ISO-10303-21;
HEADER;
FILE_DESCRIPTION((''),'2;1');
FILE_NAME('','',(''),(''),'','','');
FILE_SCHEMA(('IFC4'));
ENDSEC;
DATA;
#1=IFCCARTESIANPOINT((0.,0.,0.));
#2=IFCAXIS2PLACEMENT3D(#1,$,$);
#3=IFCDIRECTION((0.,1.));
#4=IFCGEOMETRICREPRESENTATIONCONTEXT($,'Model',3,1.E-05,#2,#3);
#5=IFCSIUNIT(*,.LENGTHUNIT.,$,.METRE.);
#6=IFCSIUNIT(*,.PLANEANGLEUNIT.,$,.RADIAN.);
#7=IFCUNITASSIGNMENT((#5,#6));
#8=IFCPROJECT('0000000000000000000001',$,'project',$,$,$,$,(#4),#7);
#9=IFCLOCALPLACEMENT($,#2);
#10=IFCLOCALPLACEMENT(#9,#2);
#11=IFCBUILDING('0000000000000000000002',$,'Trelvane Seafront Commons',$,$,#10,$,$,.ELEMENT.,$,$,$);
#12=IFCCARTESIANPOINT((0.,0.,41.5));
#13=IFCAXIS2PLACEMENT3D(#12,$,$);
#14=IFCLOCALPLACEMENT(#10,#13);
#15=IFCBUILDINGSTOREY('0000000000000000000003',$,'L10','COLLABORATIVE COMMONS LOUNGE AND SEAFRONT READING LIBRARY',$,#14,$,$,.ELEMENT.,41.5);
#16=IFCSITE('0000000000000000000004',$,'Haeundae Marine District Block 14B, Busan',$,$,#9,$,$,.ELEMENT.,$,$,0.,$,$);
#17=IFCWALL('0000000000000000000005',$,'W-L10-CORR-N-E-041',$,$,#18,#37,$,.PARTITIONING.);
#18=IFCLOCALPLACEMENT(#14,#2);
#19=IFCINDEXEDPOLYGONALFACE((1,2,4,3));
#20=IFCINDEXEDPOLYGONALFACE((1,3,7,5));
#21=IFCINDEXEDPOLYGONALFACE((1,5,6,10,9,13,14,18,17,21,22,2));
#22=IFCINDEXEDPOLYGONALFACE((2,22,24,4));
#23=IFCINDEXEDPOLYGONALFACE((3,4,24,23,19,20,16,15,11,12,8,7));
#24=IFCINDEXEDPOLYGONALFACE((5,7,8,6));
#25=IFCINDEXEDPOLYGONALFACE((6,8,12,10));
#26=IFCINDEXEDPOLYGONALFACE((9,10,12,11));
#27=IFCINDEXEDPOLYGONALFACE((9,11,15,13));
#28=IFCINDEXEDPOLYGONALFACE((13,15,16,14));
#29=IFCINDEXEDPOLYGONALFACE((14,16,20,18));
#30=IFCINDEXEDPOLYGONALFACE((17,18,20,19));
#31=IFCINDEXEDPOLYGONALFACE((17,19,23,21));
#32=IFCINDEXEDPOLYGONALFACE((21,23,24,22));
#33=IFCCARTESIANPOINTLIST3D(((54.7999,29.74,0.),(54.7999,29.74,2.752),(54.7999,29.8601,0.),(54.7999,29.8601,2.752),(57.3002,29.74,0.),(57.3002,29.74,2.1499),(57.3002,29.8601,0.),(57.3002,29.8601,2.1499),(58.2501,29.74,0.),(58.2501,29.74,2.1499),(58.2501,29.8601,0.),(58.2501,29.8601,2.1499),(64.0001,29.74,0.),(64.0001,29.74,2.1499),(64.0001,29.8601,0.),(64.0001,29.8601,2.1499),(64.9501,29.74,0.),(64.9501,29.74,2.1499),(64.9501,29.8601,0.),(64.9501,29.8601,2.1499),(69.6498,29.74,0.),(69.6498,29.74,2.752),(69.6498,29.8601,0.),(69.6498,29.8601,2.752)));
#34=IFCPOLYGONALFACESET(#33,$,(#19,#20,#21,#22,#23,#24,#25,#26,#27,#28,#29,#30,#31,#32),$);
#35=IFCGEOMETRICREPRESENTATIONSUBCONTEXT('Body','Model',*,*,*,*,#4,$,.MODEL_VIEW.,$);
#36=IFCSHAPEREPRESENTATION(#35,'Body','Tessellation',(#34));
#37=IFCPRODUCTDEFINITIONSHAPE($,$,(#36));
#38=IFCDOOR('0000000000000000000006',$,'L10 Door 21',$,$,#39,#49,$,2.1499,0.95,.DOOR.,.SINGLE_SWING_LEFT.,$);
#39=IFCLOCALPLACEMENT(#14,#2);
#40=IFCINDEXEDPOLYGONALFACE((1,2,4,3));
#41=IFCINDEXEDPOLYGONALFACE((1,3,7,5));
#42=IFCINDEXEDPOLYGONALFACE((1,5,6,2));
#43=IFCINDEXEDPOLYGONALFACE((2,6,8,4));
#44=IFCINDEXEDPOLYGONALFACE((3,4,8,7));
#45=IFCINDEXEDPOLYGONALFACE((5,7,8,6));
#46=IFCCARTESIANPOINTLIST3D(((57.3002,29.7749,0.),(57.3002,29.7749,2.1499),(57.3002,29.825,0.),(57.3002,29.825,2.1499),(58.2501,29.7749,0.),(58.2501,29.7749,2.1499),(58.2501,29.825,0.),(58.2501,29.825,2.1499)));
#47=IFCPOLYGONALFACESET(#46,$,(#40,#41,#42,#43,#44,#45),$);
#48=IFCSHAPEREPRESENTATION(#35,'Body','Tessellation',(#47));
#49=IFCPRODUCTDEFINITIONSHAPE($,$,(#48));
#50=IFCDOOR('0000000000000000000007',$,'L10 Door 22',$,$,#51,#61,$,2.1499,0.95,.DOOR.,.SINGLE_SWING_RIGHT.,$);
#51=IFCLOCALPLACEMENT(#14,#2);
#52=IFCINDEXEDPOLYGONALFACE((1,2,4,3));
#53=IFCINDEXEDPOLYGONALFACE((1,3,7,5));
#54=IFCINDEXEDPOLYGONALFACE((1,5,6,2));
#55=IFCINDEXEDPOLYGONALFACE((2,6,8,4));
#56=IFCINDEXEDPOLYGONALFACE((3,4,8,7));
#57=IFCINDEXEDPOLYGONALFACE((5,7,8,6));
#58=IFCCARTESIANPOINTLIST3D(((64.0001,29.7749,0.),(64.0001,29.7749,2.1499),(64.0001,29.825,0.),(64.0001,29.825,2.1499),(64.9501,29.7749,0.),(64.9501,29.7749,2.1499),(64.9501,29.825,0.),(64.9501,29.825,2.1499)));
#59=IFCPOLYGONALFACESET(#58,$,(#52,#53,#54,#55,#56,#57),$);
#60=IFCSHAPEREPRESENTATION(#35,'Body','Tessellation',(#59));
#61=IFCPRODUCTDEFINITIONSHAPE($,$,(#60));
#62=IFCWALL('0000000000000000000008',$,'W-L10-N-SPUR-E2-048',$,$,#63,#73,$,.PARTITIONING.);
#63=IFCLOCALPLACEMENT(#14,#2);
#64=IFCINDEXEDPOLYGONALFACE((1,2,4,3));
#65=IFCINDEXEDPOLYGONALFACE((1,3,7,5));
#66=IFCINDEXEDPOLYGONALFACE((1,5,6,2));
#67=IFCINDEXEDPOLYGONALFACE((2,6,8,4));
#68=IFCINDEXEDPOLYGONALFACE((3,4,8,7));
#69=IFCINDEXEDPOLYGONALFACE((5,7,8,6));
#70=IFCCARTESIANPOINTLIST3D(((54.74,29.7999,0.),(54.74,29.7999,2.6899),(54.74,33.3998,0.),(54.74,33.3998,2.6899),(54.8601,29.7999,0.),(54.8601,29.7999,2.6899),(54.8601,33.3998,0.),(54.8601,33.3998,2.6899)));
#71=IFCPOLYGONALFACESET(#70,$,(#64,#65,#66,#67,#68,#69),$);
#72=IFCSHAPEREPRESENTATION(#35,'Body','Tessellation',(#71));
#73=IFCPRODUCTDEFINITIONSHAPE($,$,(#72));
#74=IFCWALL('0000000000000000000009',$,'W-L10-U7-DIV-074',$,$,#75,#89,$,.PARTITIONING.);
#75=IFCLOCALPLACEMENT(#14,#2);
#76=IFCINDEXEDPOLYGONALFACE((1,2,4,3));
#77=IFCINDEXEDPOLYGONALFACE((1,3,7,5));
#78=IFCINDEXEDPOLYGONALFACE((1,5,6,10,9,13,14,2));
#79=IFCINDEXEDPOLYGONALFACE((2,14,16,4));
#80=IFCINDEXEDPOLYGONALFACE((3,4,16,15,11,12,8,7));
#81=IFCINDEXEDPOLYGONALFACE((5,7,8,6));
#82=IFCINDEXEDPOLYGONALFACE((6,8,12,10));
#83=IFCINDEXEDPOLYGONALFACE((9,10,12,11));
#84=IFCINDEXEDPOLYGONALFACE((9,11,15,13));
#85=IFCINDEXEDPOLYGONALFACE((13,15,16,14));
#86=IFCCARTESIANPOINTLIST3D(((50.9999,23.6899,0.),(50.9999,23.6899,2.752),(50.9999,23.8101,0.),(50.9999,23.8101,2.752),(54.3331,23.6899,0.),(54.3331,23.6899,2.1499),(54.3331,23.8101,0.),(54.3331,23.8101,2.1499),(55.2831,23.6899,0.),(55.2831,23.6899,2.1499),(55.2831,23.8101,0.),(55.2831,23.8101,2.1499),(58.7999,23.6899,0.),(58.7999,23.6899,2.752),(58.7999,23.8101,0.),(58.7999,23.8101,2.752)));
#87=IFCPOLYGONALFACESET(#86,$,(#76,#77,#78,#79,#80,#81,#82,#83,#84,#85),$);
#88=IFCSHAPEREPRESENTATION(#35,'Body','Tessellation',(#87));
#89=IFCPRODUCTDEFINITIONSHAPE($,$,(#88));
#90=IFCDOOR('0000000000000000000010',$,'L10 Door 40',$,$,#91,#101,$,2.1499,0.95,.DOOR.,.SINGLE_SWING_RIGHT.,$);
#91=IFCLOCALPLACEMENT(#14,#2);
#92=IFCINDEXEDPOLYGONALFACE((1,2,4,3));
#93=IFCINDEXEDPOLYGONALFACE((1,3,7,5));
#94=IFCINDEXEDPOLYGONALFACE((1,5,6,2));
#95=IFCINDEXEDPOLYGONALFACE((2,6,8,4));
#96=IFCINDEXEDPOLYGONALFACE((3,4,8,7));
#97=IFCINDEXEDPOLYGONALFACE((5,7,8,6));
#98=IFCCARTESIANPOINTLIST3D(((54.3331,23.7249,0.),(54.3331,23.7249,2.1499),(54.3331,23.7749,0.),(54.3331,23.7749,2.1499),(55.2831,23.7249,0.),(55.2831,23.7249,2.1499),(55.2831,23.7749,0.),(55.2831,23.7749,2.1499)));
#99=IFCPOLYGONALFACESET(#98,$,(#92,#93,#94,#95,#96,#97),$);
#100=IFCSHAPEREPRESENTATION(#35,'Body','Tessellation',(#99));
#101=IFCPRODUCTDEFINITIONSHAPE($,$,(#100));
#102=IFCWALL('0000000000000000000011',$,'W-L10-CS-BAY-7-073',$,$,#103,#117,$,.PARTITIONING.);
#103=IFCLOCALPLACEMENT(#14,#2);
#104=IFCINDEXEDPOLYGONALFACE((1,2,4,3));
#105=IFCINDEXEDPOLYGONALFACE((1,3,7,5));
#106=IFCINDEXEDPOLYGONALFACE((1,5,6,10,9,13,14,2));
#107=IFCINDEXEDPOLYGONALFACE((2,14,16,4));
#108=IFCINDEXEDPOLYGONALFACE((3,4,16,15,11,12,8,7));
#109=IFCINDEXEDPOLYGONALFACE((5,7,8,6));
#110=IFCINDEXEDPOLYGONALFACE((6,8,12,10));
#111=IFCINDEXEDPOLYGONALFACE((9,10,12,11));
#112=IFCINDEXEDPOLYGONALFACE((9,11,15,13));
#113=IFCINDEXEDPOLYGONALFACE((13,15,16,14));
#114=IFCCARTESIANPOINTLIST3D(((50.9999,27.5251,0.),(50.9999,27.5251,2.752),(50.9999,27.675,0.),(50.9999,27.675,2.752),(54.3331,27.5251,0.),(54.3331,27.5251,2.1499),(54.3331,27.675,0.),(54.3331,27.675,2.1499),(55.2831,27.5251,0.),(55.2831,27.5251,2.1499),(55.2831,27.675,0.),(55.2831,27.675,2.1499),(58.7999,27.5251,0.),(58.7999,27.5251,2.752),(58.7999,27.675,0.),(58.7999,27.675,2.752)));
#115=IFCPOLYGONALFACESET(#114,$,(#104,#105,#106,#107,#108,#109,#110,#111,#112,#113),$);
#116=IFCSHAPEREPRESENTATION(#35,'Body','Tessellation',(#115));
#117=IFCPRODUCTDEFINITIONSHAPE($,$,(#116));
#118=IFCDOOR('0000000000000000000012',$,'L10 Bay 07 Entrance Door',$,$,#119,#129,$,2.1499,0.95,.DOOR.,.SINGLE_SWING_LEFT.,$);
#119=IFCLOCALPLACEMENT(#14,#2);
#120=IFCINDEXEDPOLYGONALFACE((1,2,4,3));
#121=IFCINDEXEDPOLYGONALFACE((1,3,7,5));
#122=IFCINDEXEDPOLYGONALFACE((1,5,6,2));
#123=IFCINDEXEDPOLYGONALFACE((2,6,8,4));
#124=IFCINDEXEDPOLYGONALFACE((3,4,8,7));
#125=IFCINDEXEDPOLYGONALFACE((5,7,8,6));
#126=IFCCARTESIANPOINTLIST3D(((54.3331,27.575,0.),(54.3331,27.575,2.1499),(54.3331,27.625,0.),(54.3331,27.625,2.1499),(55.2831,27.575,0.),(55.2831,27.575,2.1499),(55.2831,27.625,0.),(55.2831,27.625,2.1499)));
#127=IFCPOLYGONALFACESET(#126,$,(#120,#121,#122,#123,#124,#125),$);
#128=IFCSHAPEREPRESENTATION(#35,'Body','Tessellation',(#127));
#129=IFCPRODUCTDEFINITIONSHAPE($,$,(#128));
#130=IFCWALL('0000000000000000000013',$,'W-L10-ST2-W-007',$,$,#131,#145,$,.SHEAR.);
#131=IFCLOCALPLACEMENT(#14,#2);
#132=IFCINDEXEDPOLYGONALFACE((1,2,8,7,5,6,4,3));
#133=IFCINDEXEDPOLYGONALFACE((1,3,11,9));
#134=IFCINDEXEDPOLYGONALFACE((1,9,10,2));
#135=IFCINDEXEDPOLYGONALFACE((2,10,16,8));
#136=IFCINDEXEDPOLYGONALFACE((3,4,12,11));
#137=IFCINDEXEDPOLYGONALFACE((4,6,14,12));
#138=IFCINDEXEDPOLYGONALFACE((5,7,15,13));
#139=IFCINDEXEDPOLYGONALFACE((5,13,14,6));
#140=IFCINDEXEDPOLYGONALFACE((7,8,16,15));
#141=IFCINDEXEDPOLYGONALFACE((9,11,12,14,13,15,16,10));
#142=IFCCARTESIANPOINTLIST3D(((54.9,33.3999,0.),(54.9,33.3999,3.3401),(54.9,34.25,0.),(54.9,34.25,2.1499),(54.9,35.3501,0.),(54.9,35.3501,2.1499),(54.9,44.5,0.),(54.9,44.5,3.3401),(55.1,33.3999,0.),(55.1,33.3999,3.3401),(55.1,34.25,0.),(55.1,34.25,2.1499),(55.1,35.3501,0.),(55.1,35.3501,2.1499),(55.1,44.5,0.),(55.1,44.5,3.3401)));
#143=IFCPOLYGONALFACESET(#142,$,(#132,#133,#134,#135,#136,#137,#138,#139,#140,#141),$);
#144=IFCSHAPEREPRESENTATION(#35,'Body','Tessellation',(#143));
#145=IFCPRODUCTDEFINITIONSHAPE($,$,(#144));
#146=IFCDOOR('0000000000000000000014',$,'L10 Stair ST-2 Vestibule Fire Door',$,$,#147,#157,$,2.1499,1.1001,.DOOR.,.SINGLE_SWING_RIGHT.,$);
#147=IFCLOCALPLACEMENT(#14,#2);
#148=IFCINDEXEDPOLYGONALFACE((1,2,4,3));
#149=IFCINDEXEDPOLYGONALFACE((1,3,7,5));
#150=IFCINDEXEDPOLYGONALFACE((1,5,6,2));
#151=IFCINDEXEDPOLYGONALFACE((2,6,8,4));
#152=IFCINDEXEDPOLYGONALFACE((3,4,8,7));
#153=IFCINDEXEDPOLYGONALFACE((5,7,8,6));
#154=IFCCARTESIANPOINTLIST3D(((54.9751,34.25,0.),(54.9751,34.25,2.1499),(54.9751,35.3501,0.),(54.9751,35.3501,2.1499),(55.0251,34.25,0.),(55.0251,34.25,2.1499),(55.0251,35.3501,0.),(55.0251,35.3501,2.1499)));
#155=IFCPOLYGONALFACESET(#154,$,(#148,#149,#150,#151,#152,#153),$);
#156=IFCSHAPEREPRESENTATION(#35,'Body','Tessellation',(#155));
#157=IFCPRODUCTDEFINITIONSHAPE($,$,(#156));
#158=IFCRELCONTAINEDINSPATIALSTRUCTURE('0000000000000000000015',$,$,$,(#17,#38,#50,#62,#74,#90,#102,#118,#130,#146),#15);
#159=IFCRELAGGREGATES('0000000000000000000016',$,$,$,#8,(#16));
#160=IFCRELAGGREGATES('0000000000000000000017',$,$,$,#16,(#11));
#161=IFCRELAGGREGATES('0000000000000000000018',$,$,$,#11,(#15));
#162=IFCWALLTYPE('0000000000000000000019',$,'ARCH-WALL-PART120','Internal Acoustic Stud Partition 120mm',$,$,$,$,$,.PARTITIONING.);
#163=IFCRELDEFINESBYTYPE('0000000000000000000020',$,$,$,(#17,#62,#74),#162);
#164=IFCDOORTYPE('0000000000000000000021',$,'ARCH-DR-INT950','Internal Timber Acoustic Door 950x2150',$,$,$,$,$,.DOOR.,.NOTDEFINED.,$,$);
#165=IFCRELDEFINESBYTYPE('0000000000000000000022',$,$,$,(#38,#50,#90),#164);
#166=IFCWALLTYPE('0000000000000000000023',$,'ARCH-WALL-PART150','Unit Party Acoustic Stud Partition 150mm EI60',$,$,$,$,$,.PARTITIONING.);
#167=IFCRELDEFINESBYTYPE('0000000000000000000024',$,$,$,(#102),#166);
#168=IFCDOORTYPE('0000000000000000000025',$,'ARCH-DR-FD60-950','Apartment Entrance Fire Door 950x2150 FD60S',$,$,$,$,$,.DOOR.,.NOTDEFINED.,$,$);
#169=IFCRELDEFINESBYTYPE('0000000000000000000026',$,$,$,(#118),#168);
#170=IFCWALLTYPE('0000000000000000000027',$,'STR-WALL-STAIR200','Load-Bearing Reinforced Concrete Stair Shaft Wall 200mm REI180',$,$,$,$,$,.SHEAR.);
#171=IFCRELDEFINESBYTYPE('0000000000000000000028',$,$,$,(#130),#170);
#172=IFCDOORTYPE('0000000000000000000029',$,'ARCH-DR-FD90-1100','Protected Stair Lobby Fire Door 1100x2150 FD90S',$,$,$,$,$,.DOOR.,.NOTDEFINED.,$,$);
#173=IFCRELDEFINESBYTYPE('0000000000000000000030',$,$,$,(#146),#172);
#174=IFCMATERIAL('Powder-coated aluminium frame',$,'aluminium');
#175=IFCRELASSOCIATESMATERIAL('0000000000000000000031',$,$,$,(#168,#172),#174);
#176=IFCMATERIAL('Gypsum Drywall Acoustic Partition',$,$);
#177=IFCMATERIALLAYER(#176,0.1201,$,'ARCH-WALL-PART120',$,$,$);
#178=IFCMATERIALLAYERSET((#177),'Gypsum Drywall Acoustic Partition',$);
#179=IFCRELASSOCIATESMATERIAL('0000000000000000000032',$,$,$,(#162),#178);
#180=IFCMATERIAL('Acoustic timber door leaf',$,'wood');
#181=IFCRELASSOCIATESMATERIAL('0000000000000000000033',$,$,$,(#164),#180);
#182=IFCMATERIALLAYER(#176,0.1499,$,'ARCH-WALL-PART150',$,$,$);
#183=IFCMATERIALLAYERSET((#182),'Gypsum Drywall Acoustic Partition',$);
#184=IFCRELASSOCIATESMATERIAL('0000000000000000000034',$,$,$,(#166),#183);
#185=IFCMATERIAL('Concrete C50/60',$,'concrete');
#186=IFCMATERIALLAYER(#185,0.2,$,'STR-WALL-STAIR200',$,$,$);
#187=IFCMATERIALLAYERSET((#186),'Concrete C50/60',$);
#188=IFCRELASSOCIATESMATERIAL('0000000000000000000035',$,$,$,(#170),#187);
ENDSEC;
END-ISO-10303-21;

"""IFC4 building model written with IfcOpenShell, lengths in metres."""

from ifc_helpers import new_model, si_unit, direction, frame, frame_2d, origin, place, context, subcontext, project, spatial, rectangle, extrude, source, transform, mapped, material, layer, layer_set, type_object, element, fill, save


model = new_model("IFC4")

# Units and contexts
model_context = context("Model", 3, precision=1e-05, world=origin(), true_north=direction((0.0, 1.0)))
body_context = subcontext(model_context, "Body", "Model", "MODEL_VIEW")
ifc_project = project(units=[si_unit("LENGTHUNIT", "METRE"), si_unit("PLANEANGLEUNIT", "RADIAN")], contexts=[model_context])

# Site, building, storey
site_placement = place(None, origin())
site = spatial("IfcSite", under=ifc_project, at=site_placement, Name="Haeundae Marine District Block 14B, Busan", CompositionType="ELEMENT", RefElevation=0.0)
building_placement = place(site_placement, origin())
building = spatial("IfcBuilding", under=site, at=building_placement, Name="Trelvane Seafront Commons", CompositionType="ELEMENT")
storey_placement = place(building_placement, frame((0.0, 0.0, 41.5)))
storey = spatial("IfcBuildingStorey", under=building, at=storey_placement, Name="L10", Description="COLLABORATIVE COMMONS LOUNGE AND SEAFRONT READING LIBRARY", CompositionType="ELEMENT", Elevation=41.5)

# Shared definitions
ifc_material_1 = material(Name="Powder-coated aluminium frame", Category="aluminium")
door_type_1 = type_object("IfcDoorType", Name="ARCH-DR-FD60-950", Description="Apartment Entrance Fire Door 950x2150 FD60S", OperationType="NOTDEFINED", PredefinedType="DOOR", material=ifc_material_1)
shared_shape_1 = source(origin(), body_context, "Body", "SweptSolid", [
    extrude(rectangle(XDim=0.95, YDim=2.1499, at=frame_2d((0.4751, 1.075))), frame((0.0, 0.0249, 0.0), z_axis=(0.0, -1.0, 0.0), x_axis=(1.0, 0.0, 0.0)), (0.0, 0.0, 1.0), 0.05),
])

# Wall, openings, doors
ifc_material_2 = material(Name="Gypsum Drywall Acoustic Partition")
ifc_layer_1 = layer(ifc_material_2, 0.1201, Name="ARCH-WALL-PART120")
ifc_layer_set_1 = layer_set([ifc_layer_1], Name="Gypsum Drywall Acoustic Partition")
wall_type_1 = type_object("IfcWallType", Name="ARCH-WALL-PART120", Description="Internal Acoustic Stud Partition 120mm", PredefinedType="PARTITIONING", material=ifc_layer_set_1)
ifc_material_3 = material(Name="Acoustic timber door leaf", Category="wood")
door_type_2 = type_object("IfcDoorType", Name="ARCH-DR-INT950", Description="Internal Timber Acoustic Door 950x2150", OperationType="NOTDEFINED", PredefinedType="DOOR", material=ifc_material_3)
wall_1_placement = place(storey_placement, frame((54.8, 29.8, 0.0), z_axis=(0.0, 0.0, 1.0), x_axis=(1.0, 0.0, 0.0)))
wall_1 = element("IfcWall", 1, at=wall_1_placement, inside=storey, type_object=wall_type_1, Name="W-L10-CORR-N-E-041", PredefinedType="PARTITIONING", context=body_context, shape_type="SweptSolid", body=[
    extrude(rectangle(XDim=14.8499, YDim=0.1201, at=frame_2d((7.4248, 0.0))), origin(), (0.0, 0.0, 1.0), 2.752),
])
opening_1_placement = place(wall_1_placement, frame((2.5, 0.0, 0.0)))
opening_1 = element("IfcOpeningElement", 2, at=opening_1_placement, cuts=wall_1, PredefinedType="OPENING", context=body_context, shape_type="SweptSolid", body=[
    extrude(rectangle(XDim=0.95, YDim=2.1499, at=frame_2d((0.4751, 1.075))), frame((0.0, 0.0701, 0.0), z_axis=(0.0, -1.0, 0.0), x_axis=(1.0, 0.0, 0.0)), (0.0, 0.0, 1.0), 0.1401),
])
opening_2_placement = place(wall_1_placement, frame((9.2, 0.0, 0.0)))
opening_2 = element("IfcOpeningElement", 3, at=opening_2_placement, cuts=wall_1, PredefinedType="OPENING", context=body_context, shape_type="SweptSolid", body=[
    extrude(rectangle(XDim=0.95, YDim=2.1499, at=frame_2d((0.4751, 1.075))), frame((0.0, 0.0701, 0.0), z_axis=(0.0, -1.0, 0.0), x_axis=(1.0, 0.0, 0.0)), (0.0, 0.0, 1.0), 0.1401),
])
door_1_placement = place(opening_1_placement, origin())
door_1 = element("IfcDoor", 4, at=door_1_placement, inside=storey, type_object=door_type_2, Name="L10 Door 21", OperationType="SINGLE_SWING_LEFT", OverallHeight=2.1499, OverallWidth=0.95, PredefinedType="DOOR", context=body_context, shape_type="MappedRepresentation", body=[
    mapped(shared_shape_1, transform((0.0, 0.0, 0.0), x_axis=(1.0, 0.0, 0.0), y_axis=(0.0, 1.0, 0.0), z_axis=(0.0, 0.0, 1.0), scale=1.0)),
])
fill(opening_1, door_1)
door_2_placement = place(opening_2_placement, origin())
door_2 = element("IfcDoor", 5, at=door_2_placement, inside=storey, type_object=door_type_2, Name="L10 Door 22", OperationType="SINGLE_SWING_RIGHT", OverallHeight=2.1499, OverallWidth=0.95, PredefinedType="DOOR", context=body_context, shape_type="MappedRepresentation", body=[
    mapped(shared_shape_1, transform((0.0, 0.0, 0.0), x_axis=(1.0, 0.0, 0.0), y_axis=(0.0, 1.0, 0.0), z_axis=(0.0, 0.0, 1.0), scale=1.0)),
])
fill(opening_2, door_2)

# Wall
wall_2_placement = place(storey_placement, frame((54.8, 29.8, 0.0), z_axis=(0.0, 0.0, 1.0), x_axis=(0.0, 1.0, 0.0)))
element("IfcWall", 6, at=wall_2_placement, inside=storey, type_object=wall_type_1, Name="W-L10-N-SPUR-E2-048", PredefinedType="PARTITIONING", context=body_context, shape_type="SweptSolid", body=[
    extrude(rectangle(XDim=3.5999, YDim=0.1201, at=frame_2d((1.7998, 0.0))), origin(), (0.0, 0.0, 1.0), 2.6899),
])

# Walls, openings, doors
wall_3_placement = place(storey_placement, frame((51.0, 23.75, 0.0), z_axis=(0.0, 0.0, 1.0), x_axis=(1.0, 0.0, 0.0)))
wall_3 = element("IfcWall", 7, at=wall_3_placement, inside=storey, type_object=wall_type_1, Name="W-L10-U7-DIV-074", PredefinedType="PARTITIONING", context=body_context, shape_type="SweptSolid", body=[
    extrude(rectangle(XDim=7.8, YDim=0.1201, at=frame_2d((3.8999, 0.0))), origin(), (0.0, 0.0, 1.0), 2.752),
])
opening_3_placement = place(wall_3_placement, frame((3.333, 0.0, 0.0)))
opening_3 = element("IfcOpeningElement", 8, at=opening_3_placement, cuts=wall_3, PredefinedType="OPENING", context=body_context, shape_type="SweptSolid", body=[
    extrude(rectangle(XDim=0.95, YDim=2.1499, at=frame_2d((0.4751, 1.075))), frame((0.0, 0.0701, 0.0), z_axis=(0.0, -1.0, 0.0), x_axis=(1.0, 0.0, 0.0)), (0.0, 0.0, 1.0), 0.1401),
])
door_3_placement = place(opening_3_placement, origin())
door_3 = element("IfcDoor", 9, at=door_3_placement, inside=storey, type_object=door_type_2, Name="L10 Door 40", OperationType="SINGLE_SWING_RIGHT", OverallHeight=2.1499, OverallWidth=0.95, PredefinedType="DOOR", context=body_context, shape_type="MappedRepresentation", body=[
    mapped(shared_shape_1, transform((0.0, 0.0, 0.0), x_axis=(1.0, 0.0, 0.0), y_axis=(0.0, 1.0, 0.0), z_axis=(0.0, 0.0, 1.0), scale=1.0)),
])
fill(opening_3, door_3)
ifc_layer_2 = layer(ifc_material_2, 0.1499, Name="ARCH-WALL-PART150")
ifc_layer_set_2 = layer_set([ifc_layer_2], Name="Gypsum Drywall Acoustic Partition")
wall_type_2 = type_object("IfcWallType", Name="ARCH-WALL-PART150", Description="Unit Party Acoustic Stud Partition 150mm EI60", PredefinedType="PARTITIONING", material=ifc_layer_set_2)
wall_4_placement = place(storey_placement, frame((51.0, 27.6001, 0.0), z_axis=(0.0, 0.0, 1.0), x_axis=(1.0, 0.0, 0.0)))
wall_4 = element("IfcWall", 10, at=wall_4_placement, inside=storey, type_object=wall_type_2, Name="W-L10-CS-BAY-7-073", PredefinedType="PARTITIONING", context=body_context, shape_type="SweptSolid", body=[
    extrude(rectangle(XDim=7.8, YDim=0.1499, at=frame_2d((3.8999, 0.0))), origin(), (0.0, 0.0, 1.0), 2.752),
])
opening_4_placement = place(wall_4_placement, frame((3.333, 0.0, 0.0)))
opening_4 = element("IfcOpeningElement", 11, at=opening_4_placement, cuts=wall_4, PredefinedType="OPENING", context=body_context, shape_type="SweptSolid", body=[
    extrude(rectangle(XDim=0.95, YDim=2.1499, at=frame_2d((0.4751, 1.075))), frame((0.0, 0.085, 0.0), z_axis=(0.0, -1.0, 0.0), x_axis=(1.0, 0.0, 0.0)), (0.0, 0.0, 1.0), 0.1699),
])
door_4_placement = place(opening_4_placement, origin())
door_4 = element("IfcDoor", 12, at=door_4_placement, inside=storey, type_object=door_type_1, Name="L10 Bay 07 Entrance Door", OperationType="SINGLE_SWING_LEFT", OverallHeight=2.1499, OverallWidth=0.95, PredefinedType="DOOR", context=body_context, shape_type="MappedRepresentation", body=[
    mapped(shared_shape_1, transform((0.0, 0.0, 0.0), x_axis=(1.0, 0.0, 0.0), y_axis=(0.0, 1.0, 0.0), z_axis=(0.0, 0.0, 1.0), scale=1.0)),
])
fill(opening_4, door_4)
ifc_material_4 = material(Name="Concrete C50/60", Category="concrete")
ifc_layer_3 = layer(ifc_material_4, 0.2, Name="STR-WALL-STAIR200")
ifc_layer_set_3 = layer_set([ifc_layer_3], Name="Concrete C50/60")
wall_type_3 = type_object("IfcWallType", Name="STR-WALL-STAIR200", Description="Load-Bearing Reinforced Concrete Stair Shaft Wall 200mm REI180", PredefinedType="SHEAR", material=ifc_layer_set_3)
wall_5_placement = place(storey_placement, frame((55.0, 33.3999, 0.0), z_axis=(0.0, 0.0, 1.0), x_axis=(0.0, 1.0, 0.0)))
wall_5 = element("IfcWall", 13, at=wall_5_placement, inside=storey, type_object=wall_type_3, Name="W-L10-ST2-W-007", PredefinedType="SHEAR", context=body_context, shape_type="SweptSolid", body=[
    extrude(rectangle(XDim=11.1001, YDim=0.2, at=frame_2d((5.55, 0.0))), origin(), (0.0, 0.0, 1.0), 3.3401),
])
opening_5_placement = place(wall_5_placement, frame((0.8501, 0.0, 0.0)))
opening_5 = element("IfcOpeningElement", 14, at=opening_5_placement, cuts=wall_5, PredefinedType="OPENING", context=body_context, shape_type="SweptSolid", body=[
    extrude(rectangle(XDim=1.1001, YDim=2.1499, at=frame_2d((0.55, 1.075))), frame((0.0, 0.1099, 0.0), z_axis=(0.0, -1.0, 0.0), x_axis=(1.0, 0.0, 0.0)), (0.0, 0.0, 1.0), 0.22),
])
door_type_3 = type_object("IfcDoorType", Name="ARCH-DR-FD90-1100", Description="Protected Stair Lobby Fire Door 1100x2150 FD90S", OperationType="NOTDEFINED", PredefinedType="DOOR", material=ifc_material_1)
shared_shape_2 = source(origin(), body_context, "Body", "SweptSolid", [
    extrude(rectangle(XDim=1.1001, YDim=2.1499, at=frame_2d((0.55, 1.075))), frame((0.0, 0.0249, 0.0), z_axis=(0.0, -1.0, 0.0), x_axis=(1.0, 0.0, 0.0)), (0.0, 0.0, 1.0), 0.05),
])
door_5_placement = place(opening_5_placement, origin())
door_5 = element("IfcDoor", 15, at=door_5_placement, inside=storey, type_object=door_type_3, Name="L10 Stair ST-2 Vestibule Fire Door", OperationType="SINGLE_SWING_RIGHT", OverallHeight=2.1499, OverallWidth=1.1001, PredefinedType="DOOR", context=body_context, shape_type="MappedRepresentation", body=[
    mapped(shared_shape_2, transform((0.0, 0.0, 0.0), x_axis=(1.0, 0.0, 0.0), y_axis=(0.0, 1.0, 0.0), z_axis=(0.0, 0.0, 1.0), scale=1.0)),
])
fill(opening_5, door_5)

save(model, "model.ifc")
